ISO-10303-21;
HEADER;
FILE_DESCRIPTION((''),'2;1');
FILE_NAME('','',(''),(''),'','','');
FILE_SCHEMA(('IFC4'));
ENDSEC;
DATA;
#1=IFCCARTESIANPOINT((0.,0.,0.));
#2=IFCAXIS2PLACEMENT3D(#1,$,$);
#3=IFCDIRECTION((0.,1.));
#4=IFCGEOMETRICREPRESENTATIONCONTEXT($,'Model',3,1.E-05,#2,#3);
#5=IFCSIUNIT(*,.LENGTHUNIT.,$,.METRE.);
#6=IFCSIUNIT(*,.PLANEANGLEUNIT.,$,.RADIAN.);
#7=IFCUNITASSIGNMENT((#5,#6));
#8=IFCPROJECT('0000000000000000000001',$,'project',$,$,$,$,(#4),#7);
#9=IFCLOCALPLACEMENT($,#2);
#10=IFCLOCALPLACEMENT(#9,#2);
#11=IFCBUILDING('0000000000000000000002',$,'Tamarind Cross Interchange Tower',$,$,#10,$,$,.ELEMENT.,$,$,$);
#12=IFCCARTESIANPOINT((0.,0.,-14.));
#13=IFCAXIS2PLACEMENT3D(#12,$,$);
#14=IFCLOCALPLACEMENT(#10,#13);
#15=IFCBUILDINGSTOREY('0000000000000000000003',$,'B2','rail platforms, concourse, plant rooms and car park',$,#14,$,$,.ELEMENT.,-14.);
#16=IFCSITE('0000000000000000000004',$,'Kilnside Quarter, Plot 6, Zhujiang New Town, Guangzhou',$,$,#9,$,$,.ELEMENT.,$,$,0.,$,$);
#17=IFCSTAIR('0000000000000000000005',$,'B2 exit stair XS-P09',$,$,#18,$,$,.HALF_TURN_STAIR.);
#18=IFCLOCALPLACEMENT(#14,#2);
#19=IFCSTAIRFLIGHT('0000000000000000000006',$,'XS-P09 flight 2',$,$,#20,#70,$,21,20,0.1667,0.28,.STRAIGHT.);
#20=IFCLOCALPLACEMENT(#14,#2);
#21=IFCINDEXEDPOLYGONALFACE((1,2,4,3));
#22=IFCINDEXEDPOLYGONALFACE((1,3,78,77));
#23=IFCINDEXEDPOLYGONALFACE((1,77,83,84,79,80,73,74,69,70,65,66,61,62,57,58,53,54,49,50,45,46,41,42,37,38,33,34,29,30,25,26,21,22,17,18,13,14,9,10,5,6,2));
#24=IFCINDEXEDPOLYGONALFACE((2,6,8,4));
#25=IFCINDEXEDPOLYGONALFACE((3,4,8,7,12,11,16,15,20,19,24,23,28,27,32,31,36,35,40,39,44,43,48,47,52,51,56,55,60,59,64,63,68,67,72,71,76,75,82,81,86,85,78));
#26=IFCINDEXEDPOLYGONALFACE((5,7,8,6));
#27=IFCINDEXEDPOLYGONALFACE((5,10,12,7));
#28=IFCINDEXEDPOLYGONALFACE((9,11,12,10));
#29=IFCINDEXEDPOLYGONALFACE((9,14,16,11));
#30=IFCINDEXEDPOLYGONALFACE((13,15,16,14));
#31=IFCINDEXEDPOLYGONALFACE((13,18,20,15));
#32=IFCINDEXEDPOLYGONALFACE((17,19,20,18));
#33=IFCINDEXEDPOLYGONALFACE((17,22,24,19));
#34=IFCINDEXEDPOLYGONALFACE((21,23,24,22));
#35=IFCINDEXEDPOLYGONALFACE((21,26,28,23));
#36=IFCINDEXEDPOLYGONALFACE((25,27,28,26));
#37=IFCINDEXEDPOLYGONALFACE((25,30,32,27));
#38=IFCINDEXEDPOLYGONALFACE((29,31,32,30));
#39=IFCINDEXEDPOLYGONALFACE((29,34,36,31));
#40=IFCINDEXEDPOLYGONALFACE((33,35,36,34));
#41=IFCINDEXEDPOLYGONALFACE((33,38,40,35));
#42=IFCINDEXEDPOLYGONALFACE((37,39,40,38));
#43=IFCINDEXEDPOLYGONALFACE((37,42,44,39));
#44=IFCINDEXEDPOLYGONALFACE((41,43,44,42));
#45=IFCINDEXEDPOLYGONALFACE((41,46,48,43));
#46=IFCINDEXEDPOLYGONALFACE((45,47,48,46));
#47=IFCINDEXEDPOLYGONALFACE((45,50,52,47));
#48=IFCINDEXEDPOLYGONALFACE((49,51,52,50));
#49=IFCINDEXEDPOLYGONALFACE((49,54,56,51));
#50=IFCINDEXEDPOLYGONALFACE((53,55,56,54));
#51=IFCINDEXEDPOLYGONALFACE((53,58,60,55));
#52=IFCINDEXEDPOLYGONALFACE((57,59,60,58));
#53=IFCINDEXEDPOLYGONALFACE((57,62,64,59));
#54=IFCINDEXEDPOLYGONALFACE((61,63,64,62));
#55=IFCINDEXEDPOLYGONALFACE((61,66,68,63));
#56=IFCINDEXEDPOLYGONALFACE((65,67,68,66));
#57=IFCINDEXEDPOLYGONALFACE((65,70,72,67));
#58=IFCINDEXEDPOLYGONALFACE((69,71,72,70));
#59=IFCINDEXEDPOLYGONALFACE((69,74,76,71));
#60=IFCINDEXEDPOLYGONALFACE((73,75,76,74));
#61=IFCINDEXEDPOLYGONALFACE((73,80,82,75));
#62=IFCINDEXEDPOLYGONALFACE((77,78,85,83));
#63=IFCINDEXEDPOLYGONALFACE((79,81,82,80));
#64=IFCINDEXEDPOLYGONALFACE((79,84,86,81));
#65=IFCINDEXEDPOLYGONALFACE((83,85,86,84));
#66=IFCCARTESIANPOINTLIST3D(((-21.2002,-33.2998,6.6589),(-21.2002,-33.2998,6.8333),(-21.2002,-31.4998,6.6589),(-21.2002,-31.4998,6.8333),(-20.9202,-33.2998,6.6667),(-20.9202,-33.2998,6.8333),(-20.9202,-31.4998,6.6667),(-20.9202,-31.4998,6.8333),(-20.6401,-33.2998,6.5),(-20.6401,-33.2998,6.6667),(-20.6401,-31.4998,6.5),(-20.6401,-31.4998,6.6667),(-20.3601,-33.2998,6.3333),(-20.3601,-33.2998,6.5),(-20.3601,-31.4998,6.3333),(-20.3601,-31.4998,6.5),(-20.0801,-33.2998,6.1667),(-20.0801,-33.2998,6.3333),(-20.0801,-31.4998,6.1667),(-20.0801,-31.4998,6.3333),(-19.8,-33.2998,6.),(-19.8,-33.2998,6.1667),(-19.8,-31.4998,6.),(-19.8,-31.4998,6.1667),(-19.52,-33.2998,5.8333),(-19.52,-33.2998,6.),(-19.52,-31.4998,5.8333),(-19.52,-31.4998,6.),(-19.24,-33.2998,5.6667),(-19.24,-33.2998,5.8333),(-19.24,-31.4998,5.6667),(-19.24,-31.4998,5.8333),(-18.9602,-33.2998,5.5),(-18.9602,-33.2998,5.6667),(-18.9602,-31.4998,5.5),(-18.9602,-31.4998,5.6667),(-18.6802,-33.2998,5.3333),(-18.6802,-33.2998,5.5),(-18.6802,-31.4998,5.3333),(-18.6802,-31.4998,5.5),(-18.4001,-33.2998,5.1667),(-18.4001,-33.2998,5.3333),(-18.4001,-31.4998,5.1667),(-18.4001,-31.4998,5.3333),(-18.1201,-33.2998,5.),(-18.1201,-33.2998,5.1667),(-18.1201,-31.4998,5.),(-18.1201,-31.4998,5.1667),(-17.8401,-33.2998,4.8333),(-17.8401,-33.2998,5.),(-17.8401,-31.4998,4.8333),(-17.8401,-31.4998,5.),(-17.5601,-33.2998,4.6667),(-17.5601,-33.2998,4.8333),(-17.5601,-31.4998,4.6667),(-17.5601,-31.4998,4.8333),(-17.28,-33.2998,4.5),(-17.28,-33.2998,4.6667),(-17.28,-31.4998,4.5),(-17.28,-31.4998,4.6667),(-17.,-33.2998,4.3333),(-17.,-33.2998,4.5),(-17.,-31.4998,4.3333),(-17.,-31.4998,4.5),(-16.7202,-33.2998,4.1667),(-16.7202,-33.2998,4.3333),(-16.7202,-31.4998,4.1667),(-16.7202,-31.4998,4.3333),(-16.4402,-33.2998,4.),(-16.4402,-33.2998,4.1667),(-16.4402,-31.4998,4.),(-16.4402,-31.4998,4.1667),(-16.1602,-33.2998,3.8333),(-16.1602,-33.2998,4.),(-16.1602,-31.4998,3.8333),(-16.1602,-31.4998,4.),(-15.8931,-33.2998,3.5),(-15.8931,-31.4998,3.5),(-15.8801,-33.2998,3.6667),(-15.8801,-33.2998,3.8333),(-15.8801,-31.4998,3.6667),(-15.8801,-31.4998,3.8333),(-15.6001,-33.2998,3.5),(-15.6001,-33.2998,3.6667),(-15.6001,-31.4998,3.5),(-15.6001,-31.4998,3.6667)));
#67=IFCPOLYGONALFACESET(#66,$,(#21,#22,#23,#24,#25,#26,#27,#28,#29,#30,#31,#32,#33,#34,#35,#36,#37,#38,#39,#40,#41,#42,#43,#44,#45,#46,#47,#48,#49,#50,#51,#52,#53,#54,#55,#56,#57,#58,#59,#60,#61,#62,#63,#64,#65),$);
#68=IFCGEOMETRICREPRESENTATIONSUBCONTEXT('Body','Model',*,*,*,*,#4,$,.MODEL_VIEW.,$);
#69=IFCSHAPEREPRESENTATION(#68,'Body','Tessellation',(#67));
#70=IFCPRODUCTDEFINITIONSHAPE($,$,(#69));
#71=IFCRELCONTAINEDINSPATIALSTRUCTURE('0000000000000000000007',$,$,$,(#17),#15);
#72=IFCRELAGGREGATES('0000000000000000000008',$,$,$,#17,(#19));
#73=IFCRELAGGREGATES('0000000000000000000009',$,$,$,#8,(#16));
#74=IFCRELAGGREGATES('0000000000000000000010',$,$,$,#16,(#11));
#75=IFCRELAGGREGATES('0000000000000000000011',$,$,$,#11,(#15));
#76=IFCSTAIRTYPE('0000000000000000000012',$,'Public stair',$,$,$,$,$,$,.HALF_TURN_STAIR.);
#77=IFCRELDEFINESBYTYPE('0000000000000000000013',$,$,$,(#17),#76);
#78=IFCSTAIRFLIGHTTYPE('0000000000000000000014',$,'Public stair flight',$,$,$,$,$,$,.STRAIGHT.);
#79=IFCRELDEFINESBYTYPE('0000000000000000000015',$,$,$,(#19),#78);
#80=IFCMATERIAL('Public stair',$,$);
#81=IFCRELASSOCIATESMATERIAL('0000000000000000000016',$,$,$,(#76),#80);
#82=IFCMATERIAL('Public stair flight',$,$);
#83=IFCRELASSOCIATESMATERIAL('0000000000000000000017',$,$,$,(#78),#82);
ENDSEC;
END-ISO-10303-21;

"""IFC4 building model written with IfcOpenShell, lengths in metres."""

from ifc_helpers import new_model, si_unit, direction, frame, origin, place, context, subcontext, project, spatial, polyline, outline, extrude, material, type_object, element, aggregate, save


model = new_model("IFC4")

# Units and contexts
model_context = context("Model", 3, precision=1e-05, world=origin(), true_north=direction((0.0, 1.0)))
body_context = subcontext(model_context, "Body", "Model", "MODEL_VIEW")
ifc_project = project(units=[si_unit("LENGTHUNIT", "METRE"), si_unit("PLANEANGLEUNIT", "RADIAN")], contexts=[model_context])

# Site, building, storey
site_placement = place(None, origin())
site = spatial("IfcSite", under=ifc_project, at=site_placement, Name="Kilnside Quarter, Plot 6, Zhujiang New Town, Guangzhou", CompositionType="ELEMENT", RefElevation=0.0)
building_placement = place(site_placement, origin())
building = spatial("IfcBuilding", under=site, at=building_placement, Name="Tamarind Cross Interchange Tower", CompositionType="ELEMENT")
storey_placement = place(building_placement, frame((0.0, 0.0, -14.0)))
storey = spatial("IfcBuildingStorey", under=building, at=storey_placement, Name="B2", Description="rail platforms, concourse, plant rooms and car park", CompositionType="ELEMENT", Elevation=-14.0)

# Stair, stair flight
ifc_material_1 = material(Name="Public stair")
stair_type = type_object("IfcStairType", Name="Public stair", PredefinedType="HALF_TURN_STAIR", material=ifc_material_1)
stair_placement = place(storey_placement, origin())
stair = element("IfcStair", 1, at=stair_placement, inside=storey, type_object=stair_type, Name="B2 exit stair XS-P09", PredefinedType="HALF_TURN_STAIR")
ifc_material_2 = material(Name="Public stair flight")
stair_flight_type = type_object("IfcStairFlightType", Name="Public stair flight", PredefinedType="STRAIGHT", material=ifc_material_2)
stair_flight_1_placement = place(storey_placement, frame((-15.6001, -32.3999, 3.5), z_axis=(0.0, 0.0, 1.0), x_axis=(-1.0, 0.0, 0.0)))
stair_flight_1 = element("IfcStairFlight", 2, at=stair_flight_1_placement, type_object=stair_flight_type, Name="XS-P09 flight 2", NumberOfRisers=21, NumberOfTreads=20, PredefinedType="STRAIGHT", RiserHeight=0.1667, TreadLength=0.28, context=body_context, shape_type="SweptSolid", body=[
    extrude(outline(polyline([(0.0, 0.0), (0.0, 0.1667), (0.28, 0.1667), (0.28, 0.3333), (0.5601, 0.3333), (0.5601, 0.5), (0.8401, 0.5), (0.8401, 0.6667), (1.1201, 0.6667), (1.1201, 0.8333), (1.3999, 0.8333), (1.3999, 1.0), (1.6799, 1.0), (1.6799, 1.1667), (1.96, 1.1667), (1.96, 1.3333), (2.24, 1.3333), (2.24, 1.5), (2.52, 1.5), (2.52, 1.6667), (2.8, 1.6667), (2.8, 1.8333), (3.0801, 1.8333), (3.0801, 2.0), (3.3601, 2.0), (3.3601, 2.1667), (3.6399, 2.1667), (3.6399, 2.3333), (3.9199, 2.3333), (3.9199, 2.5), (4.2, 2.5), (4.2, 2.6667), (4.48, 2.6667), (4.48, 2.8333), (4.76, 2.8333), (4.76, 3.0), (5.04, 3.0), (5.04, 3.1667), (5.3201, 3.1667), (5.3201, 3.3333), (5.6001, 3.3333), (5.6001, 3.5), (5.6001, 3.1589), (0.293, 0.0), (0.0, 0.0)])), frame((0.0, 0.8999, 0.0), z_axis=(0.0, -1.0, 0.0), x_axis=(1.0, 0.0, 0.0)), (0.0, 0.0, 1.0), 1.8),
])
aggregate(stair, [stair_flight_1])

save(model, "model.ifc")
